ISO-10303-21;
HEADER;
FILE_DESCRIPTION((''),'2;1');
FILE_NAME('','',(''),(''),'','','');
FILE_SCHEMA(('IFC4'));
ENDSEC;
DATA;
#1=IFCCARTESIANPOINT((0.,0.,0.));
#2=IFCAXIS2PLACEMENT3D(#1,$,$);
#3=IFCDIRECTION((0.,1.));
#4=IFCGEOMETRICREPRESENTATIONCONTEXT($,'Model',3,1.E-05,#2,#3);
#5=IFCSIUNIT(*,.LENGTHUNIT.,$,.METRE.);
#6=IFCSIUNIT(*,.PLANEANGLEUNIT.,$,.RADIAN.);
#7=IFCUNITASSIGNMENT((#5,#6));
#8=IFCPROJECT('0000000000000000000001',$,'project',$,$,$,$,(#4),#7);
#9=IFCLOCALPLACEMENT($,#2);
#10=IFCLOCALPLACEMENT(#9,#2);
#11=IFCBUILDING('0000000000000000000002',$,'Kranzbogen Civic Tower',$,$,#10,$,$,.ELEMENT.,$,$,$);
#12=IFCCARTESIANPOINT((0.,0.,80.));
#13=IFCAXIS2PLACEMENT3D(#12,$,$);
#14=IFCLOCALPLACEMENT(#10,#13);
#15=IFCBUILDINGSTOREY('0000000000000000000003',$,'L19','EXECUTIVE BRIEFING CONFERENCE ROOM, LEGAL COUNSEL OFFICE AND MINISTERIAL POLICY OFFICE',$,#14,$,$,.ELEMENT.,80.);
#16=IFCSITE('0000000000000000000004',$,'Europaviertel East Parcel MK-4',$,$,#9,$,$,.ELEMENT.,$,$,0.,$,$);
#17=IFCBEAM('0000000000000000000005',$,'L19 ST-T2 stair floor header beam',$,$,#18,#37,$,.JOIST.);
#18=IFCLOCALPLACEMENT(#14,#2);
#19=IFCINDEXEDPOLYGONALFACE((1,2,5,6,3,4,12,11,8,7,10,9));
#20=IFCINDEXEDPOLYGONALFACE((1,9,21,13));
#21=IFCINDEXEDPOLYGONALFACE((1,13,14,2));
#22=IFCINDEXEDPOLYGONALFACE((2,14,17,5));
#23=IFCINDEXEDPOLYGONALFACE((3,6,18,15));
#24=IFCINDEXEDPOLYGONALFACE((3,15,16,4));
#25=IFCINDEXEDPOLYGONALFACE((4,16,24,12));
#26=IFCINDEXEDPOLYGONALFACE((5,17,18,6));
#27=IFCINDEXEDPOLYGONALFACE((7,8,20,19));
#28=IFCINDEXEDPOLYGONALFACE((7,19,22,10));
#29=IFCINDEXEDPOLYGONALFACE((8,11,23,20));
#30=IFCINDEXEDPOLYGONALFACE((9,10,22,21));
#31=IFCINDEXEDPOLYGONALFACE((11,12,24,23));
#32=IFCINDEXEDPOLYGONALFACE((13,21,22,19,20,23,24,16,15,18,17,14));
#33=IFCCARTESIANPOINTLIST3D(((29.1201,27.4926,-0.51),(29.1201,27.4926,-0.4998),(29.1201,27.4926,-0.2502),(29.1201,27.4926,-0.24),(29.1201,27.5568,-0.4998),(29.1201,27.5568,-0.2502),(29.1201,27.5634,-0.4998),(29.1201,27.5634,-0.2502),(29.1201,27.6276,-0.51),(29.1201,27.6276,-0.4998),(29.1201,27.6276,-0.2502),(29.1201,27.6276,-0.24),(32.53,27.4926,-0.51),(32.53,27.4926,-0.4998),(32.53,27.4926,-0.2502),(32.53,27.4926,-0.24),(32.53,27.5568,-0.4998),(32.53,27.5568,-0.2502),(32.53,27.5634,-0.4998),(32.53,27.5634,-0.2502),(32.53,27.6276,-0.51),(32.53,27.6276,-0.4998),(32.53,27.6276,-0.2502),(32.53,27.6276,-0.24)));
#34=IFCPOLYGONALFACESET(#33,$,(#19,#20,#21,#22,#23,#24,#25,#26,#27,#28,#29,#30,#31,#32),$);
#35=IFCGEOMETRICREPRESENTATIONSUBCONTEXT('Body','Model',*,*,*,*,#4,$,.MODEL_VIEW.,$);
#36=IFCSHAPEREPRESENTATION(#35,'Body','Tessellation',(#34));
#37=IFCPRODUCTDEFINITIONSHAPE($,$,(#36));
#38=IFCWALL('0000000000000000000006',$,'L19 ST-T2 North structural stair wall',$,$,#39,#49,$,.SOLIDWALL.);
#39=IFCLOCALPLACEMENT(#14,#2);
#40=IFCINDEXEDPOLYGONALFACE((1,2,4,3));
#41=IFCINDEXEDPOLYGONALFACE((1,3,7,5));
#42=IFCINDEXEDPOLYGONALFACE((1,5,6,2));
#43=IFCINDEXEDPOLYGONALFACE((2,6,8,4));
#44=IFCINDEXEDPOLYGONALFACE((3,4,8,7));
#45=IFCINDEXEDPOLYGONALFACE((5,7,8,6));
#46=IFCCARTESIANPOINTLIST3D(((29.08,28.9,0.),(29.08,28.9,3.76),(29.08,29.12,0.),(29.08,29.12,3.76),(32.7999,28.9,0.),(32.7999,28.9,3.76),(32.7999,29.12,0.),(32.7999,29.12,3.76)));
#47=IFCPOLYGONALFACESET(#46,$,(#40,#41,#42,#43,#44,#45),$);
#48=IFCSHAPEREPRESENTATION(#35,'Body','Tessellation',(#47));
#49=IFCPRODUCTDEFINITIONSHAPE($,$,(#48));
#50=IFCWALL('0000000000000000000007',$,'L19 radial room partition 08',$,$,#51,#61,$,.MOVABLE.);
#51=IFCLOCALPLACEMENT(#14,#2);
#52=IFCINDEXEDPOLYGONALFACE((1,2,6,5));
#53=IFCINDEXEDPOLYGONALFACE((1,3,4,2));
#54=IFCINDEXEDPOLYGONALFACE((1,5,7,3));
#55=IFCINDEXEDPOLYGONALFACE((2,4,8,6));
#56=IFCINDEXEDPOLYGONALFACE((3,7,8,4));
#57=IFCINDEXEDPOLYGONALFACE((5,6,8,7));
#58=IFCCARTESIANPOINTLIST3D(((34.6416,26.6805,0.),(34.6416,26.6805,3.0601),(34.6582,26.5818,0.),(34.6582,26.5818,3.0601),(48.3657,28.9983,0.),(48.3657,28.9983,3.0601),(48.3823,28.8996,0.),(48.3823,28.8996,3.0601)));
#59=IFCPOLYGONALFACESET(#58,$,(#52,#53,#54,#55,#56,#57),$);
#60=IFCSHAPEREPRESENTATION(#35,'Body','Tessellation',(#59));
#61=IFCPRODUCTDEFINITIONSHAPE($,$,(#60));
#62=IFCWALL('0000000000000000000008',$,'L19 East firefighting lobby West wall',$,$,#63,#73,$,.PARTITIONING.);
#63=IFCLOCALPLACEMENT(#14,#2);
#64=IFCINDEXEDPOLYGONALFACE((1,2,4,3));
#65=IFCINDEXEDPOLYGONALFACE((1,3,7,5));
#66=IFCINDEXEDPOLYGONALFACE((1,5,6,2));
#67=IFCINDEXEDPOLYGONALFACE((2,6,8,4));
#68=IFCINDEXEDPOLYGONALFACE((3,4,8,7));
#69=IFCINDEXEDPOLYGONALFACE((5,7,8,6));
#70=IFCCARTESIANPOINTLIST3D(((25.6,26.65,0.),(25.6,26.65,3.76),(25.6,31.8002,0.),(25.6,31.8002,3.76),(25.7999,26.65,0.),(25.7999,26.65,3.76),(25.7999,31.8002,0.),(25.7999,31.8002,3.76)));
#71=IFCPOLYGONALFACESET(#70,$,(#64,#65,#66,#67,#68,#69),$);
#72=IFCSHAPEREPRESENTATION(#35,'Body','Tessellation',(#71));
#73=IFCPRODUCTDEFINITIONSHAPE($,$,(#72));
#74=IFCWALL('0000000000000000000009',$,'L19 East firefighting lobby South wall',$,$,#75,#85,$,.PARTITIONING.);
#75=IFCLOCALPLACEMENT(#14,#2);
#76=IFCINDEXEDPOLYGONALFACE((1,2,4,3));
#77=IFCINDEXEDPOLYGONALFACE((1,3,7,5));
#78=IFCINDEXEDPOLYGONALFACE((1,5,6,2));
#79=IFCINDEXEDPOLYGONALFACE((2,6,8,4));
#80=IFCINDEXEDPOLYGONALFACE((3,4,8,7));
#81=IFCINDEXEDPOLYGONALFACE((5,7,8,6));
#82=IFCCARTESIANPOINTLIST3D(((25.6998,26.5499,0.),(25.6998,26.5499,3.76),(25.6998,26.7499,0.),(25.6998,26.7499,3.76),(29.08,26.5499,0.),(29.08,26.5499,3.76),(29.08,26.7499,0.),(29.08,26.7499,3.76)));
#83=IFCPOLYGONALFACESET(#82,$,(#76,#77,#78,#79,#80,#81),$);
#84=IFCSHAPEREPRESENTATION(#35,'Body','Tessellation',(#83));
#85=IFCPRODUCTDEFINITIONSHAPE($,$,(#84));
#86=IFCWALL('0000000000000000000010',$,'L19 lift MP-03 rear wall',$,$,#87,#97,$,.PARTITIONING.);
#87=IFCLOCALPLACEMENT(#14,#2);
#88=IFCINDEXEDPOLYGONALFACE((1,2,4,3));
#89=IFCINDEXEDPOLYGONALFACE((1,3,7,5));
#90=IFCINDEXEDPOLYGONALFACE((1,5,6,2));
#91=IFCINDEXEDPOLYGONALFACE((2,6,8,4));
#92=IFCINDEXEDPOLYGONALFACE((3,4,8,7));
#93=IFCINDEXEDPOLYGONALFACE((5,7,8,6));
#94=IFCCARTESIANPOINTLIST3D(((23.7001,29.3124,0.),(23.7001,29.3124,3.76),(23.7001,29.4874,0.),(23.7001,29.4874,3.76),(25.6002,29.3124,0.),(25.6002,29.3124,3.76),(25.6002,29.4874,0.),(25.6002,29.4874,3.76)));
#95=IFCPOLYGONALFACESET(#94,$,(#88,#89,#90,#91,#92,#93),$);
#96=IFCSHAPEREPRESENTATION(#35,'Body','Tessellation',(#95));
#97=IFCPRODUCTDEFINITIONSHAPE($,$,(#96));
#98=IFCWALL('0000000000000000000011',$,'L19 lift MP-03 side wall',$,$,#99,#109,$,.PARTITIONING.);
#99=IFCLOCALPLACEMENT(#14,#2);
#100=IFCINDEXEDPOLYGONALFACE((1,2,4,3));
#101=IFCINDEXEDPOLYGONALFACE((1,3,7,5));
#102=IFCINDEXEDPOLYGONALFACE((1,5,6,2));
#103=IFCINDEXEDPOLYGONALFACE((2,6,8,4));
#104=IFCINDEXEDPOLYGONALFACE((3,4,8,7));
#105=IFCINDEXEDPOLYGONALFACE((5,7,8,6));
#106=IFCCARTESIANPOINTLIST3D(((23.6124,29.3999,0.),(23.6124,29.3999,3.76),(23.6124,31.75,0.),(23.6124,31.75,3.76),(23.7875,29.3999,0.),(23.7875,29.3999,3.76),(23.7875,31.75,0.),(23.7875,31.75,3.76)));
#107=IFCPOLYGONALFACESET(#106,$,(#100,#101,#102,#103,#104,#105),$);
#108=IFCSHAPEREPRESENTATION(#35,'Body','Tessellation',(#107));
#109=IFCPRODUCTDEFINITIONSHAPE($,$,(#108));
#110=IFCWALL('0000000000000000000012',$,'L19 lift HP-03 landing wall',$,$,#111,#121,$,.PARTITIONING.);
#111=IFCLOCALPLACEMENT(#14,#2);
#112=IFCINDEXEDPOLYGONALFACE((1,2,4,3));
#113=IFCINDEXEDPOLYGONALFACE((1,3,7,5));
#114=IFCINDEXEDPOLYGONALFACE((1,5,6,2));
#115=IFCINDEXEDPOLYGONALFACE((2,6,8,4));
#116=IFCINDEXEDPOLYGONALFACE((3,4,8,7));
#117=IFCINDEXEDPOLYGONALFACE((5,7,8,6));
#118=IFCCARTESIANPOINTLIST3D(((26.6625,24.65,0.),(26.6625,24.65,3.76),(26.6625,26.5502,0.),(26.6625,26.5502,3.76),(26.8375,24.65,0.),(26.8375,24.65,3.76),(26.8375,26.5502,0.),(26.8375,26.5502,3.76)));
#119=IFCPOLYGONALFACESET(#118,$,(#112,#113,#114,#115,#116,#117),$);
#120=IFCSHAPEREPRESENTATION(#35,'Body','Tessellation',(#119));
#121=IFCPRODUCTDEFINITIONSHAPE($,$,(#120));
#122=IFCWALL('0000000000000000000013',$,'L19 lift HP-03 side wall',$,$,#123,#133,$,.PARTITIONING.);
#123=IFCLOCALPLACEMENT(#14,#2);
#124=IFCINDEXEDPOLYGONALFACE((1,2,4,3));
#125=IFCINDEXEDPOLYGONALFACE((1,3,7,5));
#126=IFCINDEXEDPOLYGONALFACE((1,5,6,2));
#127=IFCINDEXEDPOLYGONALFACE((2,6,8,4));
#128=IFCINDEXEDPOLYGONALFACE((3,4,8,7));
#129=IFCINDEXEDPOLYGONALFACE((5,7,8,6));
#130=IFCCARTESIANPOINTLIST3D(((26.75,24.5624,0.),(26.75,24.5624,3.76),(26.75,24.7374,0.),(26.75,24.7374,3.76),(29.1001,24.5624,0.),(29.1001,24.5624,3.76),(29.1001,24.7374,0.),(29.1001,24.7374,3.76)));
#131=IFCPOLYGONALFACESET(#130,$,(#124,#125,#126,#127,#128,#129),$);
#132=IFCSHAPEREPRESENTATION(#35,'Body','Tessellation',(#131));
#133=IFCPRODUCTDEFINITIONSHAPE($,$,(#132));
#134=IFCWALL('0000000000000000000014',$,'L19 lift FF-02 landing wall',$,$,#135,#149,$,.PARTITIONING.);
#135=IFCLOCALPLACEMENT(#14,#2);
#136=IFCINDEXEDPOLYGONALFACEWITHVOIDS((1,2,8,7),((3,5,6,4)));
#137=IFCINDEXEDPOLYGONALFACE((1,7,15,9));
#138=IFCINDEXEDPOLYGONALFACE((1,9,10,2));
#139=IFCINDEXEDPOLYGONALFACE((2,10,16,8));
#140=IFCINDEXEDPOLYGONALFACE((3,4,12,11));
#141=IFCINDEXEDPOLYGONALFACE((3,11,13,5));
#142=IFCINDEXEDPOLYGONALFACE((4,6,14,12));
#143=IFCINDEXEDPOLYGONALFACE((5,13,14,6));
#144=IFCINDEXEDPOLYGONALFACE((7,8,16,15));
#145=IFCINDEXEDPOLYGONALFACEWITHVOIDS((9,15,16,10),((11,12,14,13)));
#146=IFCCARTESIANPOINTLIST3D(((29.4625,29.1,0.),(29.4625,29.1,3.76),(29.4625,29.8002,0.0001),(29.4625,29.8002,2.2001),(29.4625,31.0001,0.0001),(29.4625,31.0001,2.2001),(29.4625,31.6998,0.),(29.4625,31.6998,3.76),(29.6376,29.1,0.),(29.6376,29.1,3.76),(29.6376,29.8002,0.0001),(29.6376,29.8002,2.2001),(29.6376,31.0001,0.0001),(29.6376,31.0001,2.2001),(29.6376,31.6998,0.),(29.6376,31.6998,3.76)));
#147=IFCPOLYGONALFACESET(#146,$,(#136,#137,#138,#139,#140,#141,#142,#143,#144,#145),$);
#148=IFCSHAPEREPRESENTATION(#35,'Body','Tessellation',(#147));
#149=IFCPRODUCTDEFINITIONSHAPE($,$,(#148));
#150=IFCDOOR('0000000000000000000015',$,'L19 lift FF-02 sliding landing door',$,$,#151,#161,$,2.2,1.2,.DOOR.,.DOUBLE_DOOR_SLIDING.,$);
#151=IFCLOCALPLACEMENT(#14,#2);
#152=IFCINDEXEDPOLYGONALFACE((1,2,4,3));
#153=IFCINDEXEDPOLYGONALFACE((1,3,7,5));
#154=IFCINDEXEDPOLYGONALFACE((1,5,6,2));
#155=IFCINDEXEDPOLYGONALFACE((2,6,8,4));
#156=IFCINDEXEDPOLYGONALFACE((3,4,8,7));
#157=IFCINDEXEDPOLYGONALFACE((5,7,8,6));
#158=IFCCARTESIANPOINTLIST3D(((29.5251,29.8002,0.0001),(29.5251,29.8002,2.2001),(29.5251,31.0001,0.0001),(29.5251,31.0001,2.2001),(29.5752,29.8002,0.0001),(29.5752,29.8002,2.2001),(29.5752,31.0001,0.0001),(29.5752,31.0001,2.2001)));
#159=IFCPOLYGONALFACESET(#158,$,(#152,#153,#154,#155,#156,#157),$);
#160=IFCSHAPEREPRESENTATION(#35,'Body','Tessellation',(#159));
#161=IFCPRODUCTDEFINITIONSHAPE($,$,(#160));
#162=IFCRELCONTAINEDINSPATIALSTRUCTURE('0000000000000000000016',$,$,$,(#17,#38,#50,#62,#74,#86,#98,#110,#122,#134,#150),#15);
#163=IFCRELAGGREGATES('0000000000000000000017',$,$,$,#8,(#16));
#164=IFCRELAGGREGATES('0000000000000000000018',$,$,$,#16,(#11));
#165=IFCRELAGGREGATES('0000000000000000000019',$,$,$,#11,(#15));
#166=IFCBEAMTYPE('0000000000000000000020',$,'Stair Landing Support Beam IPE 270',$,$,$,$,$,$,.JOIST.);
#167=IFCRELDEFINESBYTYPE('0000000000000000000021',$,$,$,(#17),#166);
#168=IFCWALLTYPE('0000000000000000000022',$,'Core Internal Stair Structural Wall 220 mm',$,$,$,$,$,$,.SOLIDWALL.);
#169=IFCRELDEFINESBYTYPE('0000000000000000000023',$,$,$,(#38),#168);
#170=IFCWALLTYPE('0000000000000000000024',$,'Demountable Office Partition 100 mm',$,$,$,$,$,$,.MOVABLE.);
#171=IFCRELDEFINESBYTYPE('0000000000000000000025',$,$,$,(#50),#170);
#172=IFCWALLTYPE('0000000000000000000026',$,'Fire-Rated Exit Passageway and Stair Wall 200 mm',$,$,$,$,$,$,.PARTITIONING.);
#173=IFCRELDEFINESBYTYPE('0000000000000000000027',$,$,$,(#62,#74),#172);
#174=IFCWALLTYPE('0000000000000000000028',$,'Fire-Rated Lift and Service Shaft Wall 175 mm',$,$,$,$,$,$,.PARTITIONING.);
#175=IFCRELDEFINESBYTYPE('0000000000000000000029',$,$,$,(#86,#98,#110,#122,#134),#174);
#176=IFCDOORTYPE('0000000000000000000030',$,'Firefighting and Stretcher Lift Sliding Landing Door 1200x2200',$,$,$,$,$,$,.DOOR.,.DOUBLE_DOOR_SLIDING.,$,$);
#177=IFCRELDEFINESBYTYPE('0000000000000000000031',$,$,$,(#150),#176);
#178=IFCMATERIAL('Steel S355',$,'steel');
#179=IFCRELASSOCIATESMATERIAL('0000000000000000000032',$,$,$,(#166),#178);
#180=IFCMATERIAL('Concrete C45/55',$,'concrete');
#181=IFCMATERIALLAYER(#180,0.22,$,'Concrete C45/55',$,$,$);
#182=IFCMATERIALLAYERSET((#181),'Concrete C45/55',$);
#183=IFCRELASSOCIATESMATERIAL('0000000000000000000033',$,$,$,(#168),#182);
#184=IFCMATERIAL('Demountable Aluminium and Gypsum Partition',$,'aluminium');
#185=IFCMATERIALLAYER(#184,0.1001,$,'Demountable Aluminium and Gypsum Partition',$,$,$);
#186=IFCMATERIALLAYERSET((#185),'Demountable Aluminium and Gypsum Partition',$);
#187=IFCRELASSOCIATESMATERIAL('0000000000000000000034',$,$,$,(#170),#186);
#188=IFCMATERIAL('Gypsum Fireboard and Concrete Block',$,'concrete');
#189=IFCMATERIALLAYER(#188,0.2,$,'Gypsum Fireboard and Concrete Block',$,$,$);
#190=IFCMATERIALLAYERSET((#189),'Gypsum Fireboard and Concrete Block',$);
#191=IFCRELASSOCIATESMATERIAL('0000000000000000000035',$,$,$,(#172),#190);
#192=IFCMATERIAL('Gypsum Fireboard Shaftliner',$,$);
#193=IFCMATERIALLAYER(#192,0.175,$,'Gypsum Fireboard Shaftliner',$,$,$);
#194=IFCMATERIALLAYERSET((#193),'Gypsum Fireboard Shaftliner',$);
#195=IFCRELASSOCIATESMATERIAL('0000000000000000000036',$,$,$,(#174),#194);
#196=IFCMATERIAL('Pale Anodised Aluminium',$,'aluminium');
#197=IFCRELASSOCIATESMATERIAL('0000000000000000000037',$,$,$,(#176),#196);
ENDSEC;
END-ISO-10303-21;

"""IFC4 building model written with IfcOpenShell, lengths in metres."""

from ifc_helpers import new_model, si_unit, direction, frame, frame_2d, origin, origin_2d, place, context, subcontext, project, spatial, rectangle, i_section, extrude, material, layer, layer_set, material_profile, profile_set, type_object, element, fill, save


model = new_model("IFC4")

# Units and contexts
model_context = context("Model", 3, precision=1e-05, world=origin(), true_north=direction((0.0, 1.0)))
body_context = subcontext(model_context, "Body", "Model", "MODEL_VIEW")
ifc_project = project(units=[si_unit("LENGTHUNIT", "METRE"), si_unit("PLANEANGLEUNIT", "RADIAN")], contexts=[model_context])

# Site, building, storey
site_placement = place(None, origin())
site = spatial("IfcSite", under=ifc_project, at=site_placement, Name="Europaviertel East Parcel MK-4", CompositionType="ELEMENT", RefElevation=0.0)
building_placement = place(site_placement, origin())
building = spatial("IfcBuilding", under=site, at=building_placement, Name="Kranzbogen Civic Tower", CompositionType="ELEMENT")
storey_placement = place(building_placement, frame((0.0, 0.0, 80.0)))
storey = spatial("IfcBuildingStorey", under=building, at=storey_placement, Name="L19", Description="EXECUTIVE BRIEFING CONFERENCE ROOM, LEGAL COUNSEL OFFICE AND MINISTERIAL POLICY OFFICE", CompositionType="ELEMENT", Elevation=80.0)

# Beam
ifc_material_1 = material(Name="Steel S355", Category="steel")
ifc_material_profile = material_profile(ifc_material_1, i_section(OverallWidth=0.135, OverallDepth=0.27, WebThickness=0.0066, FlangeThickness=0.0103, at=origin_2d()), Name="IPE 270")
ifc_profile_set = profile_set([ifc_material_profile], Name="Steel S355")
beam_type = type_object("IfcBeamType", Name="Stair Landing Support Beam IPE 270", PredefinedType="JOIST", material=ifc_profile_set)
beam_placement = place(storey_placement, frame((29.1201, 27.5601, -0.375), z_axis=(1.0, 0.0, 0.0), x_axis=(0.0, 1.0, 0.0)))
element("IfcBeam", 1, at=beam_placement, inside=storey, type_object=beam_type, Name="L19 ST-T2 stair floor header beam", PredefinedType="JOIST", context=body_context, shape_type="SweptSolid", body=[
    extrude(i_section(OverallWidth=0.135, OverallDepth=0.27, WebThickness=0.0066, FlangeThickness=0.0103, at=origin_2d()), origin(), (0.0, 0.0, 1.0), 3.4099),
])

# Walls
ifc_material_2 = material(Name="Concrete C45/55", Category="concrete")
ifc_layer_1 = layer(ifc_material_2, 0.22, Name="Concrete C45/55")
ifc_layer_set_1 = layer_set([ifc_layer_1], Name="Concrete C45/55")
wall_type_1 = type_object("IfcWallType", Name="Core Internal Stair Structural Wall 220 mm", PredefinedType="SOLIDWALL", material=ifc_layer_set_1)
wall_1_placement = place(storey_placement, frame((29.0801, 29.01, 0.0), z_axis=(0.0, 0.0, 1.0), x_axis=(1.0, 0.0, 0.0)))
element("IfcWall", 2, at=wall_1_placement, inside=storey, type_object=wall_type_1, Name="L19 ST-T2 North structural stair wall", PredefinedType="SOLIDWALL", context=body_context, shape_type="SweptSolid", body=[
    extrude(rectangle(XDim=3.72, YDim=0.22, at=frame_2d((1.8599, 0.0))), origin(), (0.0, 0.0, 1.0), 3.76),
])
ifc_material_3 = material(Name="Demountable Aluminium and Gypsum Partition", Category="aluminium")
ifc_layer_2 = layer(ifc_material_3, 0.1001, Name="Demountable Aluminium and Gypsum Partition")
ifc_layer_set_2 = layer_set([ifc_layer_2], Name="Demountable Aluminium and Gypsum Partition")
wall_type_2 = type_object("IfcWallType", Name="Demountable Office Partition 100 mm", PredefinedType="MOVABLE", material=ifc_layer_set_2)
wall_2_placement = place(storey_placement, frame((34.6499, 26.6311, 0.0), z_axis=(0.0, 0.0, 1.0), x_axis=(0.986036, 0.166532, 0.0)))
element("IfcWall", 3, at=wall_2_placement, inside=storey, type_object=wall_type_2, Name="L19 radial room partition 08", PredefinedType="MOVABLE", context=body_context, shape_type="SweptSolid", body=[
    extrude(rectangle(XDim=13.9185, YDim=0.1001, at=frame_2d((6.9592, 0.0))), origin(), (0.0, 0.0, 1.0), 3.0601),
])
ifc_material_4 = material(Name="Gypsum Fireboard and Concrete Block", Category="concrete")
ifc_layer_3 = layer(ifc_material_4, 0.2, Name="Gypsum Fireboard and Concrete Block")
ifc_layer_set_3 = layer_set([ifc_layer_3], Name="Gypsum Fireboard and Concrete Block")
wall_type_3 = type_object("IfcWallType", Name="Fire-Rated Exit Passageway and Stair Wall 200 mm", PredefinedType="PARTITIONING", material=ifc_layer_set_3)
wall_3_placement = place(storey_placement, frame((25.7, 26.6499, 0.0), z_axis=(0.0, 0.0, 1.0), x_axis=(0.0, 1.0, 0.0)))
element("IfcWall", 4, at=wall_3_placement, inside=storey, type_object=wall_type_3, Name="L19 East firefighting lobby West wall", PredefinedType="PARTITIONING", context=body_context, shape_type="SweptSolid", body=[
    extrude(rectangle(XDim=5.1501, YDim=0.2, at=frame_2d((2.5752, 0.0))), origin(), (0.0, 0.0, 1.0), 3.76),
])
wall_4_placement = place(storey_placement, frame((25.7, 26.6499, 0.0), z_axis=(0.0, 0.0, 1.0), x_axis=(1.0, 0.0, 0.0)))
element("IfcWall", 5, at=wall_4_placement, inside=storey, type_object=wall_type_3, Name="L19 East firefighting lobby South wall", PredefinedType="PARTITIONING", context=body_context, shape_type="SweptSolid", body=[
    extrude(rectangle(XDim=3.3801, YDim=0.2, at=frame_2d((1.6899, 0.0))), origin(), (0.0, 0.0, 1.0), 3.76),
])
ifc_material_5 = material(Name="Gypsum Fireboard Shaftliner")
ifc_layer_4 = layer(ifc_material_5, 0.175, Name="Gypsum Fireboard Shaftliner")
ifc_layer_set_4 = layer_set([ifc_layer_4], Name="Gypsum Fireboard Shaftliner")
wall_type_4 = type_object("IfcWallType", Name="Fire-Rated Lift and Service Shaft Wall 175 mm", PredefinedType="PARTITIONING", material=ifc_layer_set_4)
wall_5_placement = place(storey_placement, frame((23.7, 29.3999, 0.0), z_axis=(0.0, 0.0, 1.0), x_axis=(1.0, 0.0, 0.0)))
element("IfcWall", 6, at=wall_5_placement, inside=storey, type_object=wall_type_4, Name="L19 lift MP-03 rear wall", PredefinedType="PARTITIONING", context=body_context, shape_type="SweptSolid", body=[
    extrude(rectangle(XDim=1.9001, YDim=0.175, at=frame_2d((0.9502, 0.0))), origin(), (0.0, 0.0, 1.0), 3.76),
])
wall_6_placement = place(storey_placement, frame((23.7, 29.3999, 0.0), z_axis=(0.0, 0.0, 1.0), x_axis=(0.0, 1.0, 0.0)))
element("IfcWall", 7, at=wall_6_placement, inside=storey, type_object=wall_type_4, Name="L19 lift MP-03 side wall", PredefinedType="PARTITIONING", context=body_context, shape_type="SweptSolid", body=[
    extrude(rectangle(XDim=2.3501, YDim=0.175, at=frame_2d((1.175, 0.0))), origin(), (0.0, 0.0, 1.0), 3.76),
])
wall_7_placement = place(storey_placement, frame((26.75, 24.6499, 0.0), z_axis=(0.0, 0.0, 1.0), x_axis=(0.0, 1.0, 0.0)))
element("IfcWall", 8, at=wall_7_placement, inside=storey, type_object=wall_type_4, Name="L19 lift HP-03 landing wall", PredefinedType="PARTITIONING", context=body_context, shape_type="SweptSolid", body=[
    extrude(rectangle(XDim=1.9001, YDim=0.175, at=frame_2d((0.9502, 0.0))), origin(), (0.0, 0.0, 1.0), 3.76),
])
wall_8_placement = place(storey_placement, frame((26.75, 24.6499, 0.0), z_axis=(0.0, 0.0, 1.0), x_axis=(1.0, 0.0, 0.0)))
element("IfcWall", 9, at=wall_8_placement, inside=storey, type_object=wall_type_4, Name="L19 lift HP-03 side wall", PredefinedType="PARTITIONING", context=body_context, shape_type="SweptSolid", body=[
    extrude(rectangle(XDim=2.3501, YDim=0.175, at=frame_2d((1.175, 0.0))), origin(), (0.0, 0.0, 1.0), 3.76),
])

# Wall, opening, door
wall_9_placement = place(storey_placement, frame((29.55, 29.1001, 0.0), z_axis=(0.0, 0.0, 1.0), x_axis=(0.0, 1.0, 0.0)))
wall_9 = element("IfcWall", 10, at=wall_9_placement, inside=storey, type_object=wall_type_4, Name="L19 lift FF-02 landing wall", PredefinedType="PARTITIONING", context=body_context, shape_type="SweptSolid", body=[
    extrude(rectangle(XDim=2.5999, YDim=0.175, at=frame_2d((1.2998, 0.0))), origin(), (0.0, 0.0, 1.0), 3.76),
])
opening_placement = place(wall_9_placement, frame((0.7, 0.0, 0.0)))
opening = element("IfcOpeningElement", 11, at=opening_placement, cuts=wall_9, PredefinedType="OPENING", context=body_context, shape_type="SweptSolid", body=[
    extrude(rectangle(XDim=1.2, YDim=2.2, at=frame_2d((0.6001, 1.1001))), frame((0.0, 0.0977, 0.0), z_axis=(0.0, -1.0, 0.0), x_axis=(1.0, 0.0, 0.0)), (0.0, 0.0, 1.0), 0.1951),
])
ifc_material_6 = material(Name="Pale Anodised Aluminium", Category="aluminium")
door_type = type_object("IfcDoorType", Name="Firefighting and Stretcher Lift Sliding Landing Door 1200x2200", OperationType="DOUBLE_DOOR_SLIDING", PredefinedType="DOOR", material=ifc_material_6)
door_placement = place(opening_placement, origin())
door = element("IfcDoor", 12, at=door_placement, inside=storey, type_object=door_type, Name="L19 lift FF-02 sliding landing door", OperationType="DOUBLE_DOOR_SLIDING", OverallHeight=2.2, OverallWidth=1.2, PredefinedType="DOOR", context=body_context, shape_type="SweptSolid", body=[
    extrude(rectangle(XDim=1.2, YDim=2.2, at=frame_2d((0.6001, 1.1001))), frame((0.0, 0.0249, 0.0), z_axis=(0.0, -1.0, 0.0), x_axis=(1.0, 0.0, 0.0)), (0.0, 0.0, 1.0), 0.05),
])
fill(opening, door)

save(model, "model.ifc")
